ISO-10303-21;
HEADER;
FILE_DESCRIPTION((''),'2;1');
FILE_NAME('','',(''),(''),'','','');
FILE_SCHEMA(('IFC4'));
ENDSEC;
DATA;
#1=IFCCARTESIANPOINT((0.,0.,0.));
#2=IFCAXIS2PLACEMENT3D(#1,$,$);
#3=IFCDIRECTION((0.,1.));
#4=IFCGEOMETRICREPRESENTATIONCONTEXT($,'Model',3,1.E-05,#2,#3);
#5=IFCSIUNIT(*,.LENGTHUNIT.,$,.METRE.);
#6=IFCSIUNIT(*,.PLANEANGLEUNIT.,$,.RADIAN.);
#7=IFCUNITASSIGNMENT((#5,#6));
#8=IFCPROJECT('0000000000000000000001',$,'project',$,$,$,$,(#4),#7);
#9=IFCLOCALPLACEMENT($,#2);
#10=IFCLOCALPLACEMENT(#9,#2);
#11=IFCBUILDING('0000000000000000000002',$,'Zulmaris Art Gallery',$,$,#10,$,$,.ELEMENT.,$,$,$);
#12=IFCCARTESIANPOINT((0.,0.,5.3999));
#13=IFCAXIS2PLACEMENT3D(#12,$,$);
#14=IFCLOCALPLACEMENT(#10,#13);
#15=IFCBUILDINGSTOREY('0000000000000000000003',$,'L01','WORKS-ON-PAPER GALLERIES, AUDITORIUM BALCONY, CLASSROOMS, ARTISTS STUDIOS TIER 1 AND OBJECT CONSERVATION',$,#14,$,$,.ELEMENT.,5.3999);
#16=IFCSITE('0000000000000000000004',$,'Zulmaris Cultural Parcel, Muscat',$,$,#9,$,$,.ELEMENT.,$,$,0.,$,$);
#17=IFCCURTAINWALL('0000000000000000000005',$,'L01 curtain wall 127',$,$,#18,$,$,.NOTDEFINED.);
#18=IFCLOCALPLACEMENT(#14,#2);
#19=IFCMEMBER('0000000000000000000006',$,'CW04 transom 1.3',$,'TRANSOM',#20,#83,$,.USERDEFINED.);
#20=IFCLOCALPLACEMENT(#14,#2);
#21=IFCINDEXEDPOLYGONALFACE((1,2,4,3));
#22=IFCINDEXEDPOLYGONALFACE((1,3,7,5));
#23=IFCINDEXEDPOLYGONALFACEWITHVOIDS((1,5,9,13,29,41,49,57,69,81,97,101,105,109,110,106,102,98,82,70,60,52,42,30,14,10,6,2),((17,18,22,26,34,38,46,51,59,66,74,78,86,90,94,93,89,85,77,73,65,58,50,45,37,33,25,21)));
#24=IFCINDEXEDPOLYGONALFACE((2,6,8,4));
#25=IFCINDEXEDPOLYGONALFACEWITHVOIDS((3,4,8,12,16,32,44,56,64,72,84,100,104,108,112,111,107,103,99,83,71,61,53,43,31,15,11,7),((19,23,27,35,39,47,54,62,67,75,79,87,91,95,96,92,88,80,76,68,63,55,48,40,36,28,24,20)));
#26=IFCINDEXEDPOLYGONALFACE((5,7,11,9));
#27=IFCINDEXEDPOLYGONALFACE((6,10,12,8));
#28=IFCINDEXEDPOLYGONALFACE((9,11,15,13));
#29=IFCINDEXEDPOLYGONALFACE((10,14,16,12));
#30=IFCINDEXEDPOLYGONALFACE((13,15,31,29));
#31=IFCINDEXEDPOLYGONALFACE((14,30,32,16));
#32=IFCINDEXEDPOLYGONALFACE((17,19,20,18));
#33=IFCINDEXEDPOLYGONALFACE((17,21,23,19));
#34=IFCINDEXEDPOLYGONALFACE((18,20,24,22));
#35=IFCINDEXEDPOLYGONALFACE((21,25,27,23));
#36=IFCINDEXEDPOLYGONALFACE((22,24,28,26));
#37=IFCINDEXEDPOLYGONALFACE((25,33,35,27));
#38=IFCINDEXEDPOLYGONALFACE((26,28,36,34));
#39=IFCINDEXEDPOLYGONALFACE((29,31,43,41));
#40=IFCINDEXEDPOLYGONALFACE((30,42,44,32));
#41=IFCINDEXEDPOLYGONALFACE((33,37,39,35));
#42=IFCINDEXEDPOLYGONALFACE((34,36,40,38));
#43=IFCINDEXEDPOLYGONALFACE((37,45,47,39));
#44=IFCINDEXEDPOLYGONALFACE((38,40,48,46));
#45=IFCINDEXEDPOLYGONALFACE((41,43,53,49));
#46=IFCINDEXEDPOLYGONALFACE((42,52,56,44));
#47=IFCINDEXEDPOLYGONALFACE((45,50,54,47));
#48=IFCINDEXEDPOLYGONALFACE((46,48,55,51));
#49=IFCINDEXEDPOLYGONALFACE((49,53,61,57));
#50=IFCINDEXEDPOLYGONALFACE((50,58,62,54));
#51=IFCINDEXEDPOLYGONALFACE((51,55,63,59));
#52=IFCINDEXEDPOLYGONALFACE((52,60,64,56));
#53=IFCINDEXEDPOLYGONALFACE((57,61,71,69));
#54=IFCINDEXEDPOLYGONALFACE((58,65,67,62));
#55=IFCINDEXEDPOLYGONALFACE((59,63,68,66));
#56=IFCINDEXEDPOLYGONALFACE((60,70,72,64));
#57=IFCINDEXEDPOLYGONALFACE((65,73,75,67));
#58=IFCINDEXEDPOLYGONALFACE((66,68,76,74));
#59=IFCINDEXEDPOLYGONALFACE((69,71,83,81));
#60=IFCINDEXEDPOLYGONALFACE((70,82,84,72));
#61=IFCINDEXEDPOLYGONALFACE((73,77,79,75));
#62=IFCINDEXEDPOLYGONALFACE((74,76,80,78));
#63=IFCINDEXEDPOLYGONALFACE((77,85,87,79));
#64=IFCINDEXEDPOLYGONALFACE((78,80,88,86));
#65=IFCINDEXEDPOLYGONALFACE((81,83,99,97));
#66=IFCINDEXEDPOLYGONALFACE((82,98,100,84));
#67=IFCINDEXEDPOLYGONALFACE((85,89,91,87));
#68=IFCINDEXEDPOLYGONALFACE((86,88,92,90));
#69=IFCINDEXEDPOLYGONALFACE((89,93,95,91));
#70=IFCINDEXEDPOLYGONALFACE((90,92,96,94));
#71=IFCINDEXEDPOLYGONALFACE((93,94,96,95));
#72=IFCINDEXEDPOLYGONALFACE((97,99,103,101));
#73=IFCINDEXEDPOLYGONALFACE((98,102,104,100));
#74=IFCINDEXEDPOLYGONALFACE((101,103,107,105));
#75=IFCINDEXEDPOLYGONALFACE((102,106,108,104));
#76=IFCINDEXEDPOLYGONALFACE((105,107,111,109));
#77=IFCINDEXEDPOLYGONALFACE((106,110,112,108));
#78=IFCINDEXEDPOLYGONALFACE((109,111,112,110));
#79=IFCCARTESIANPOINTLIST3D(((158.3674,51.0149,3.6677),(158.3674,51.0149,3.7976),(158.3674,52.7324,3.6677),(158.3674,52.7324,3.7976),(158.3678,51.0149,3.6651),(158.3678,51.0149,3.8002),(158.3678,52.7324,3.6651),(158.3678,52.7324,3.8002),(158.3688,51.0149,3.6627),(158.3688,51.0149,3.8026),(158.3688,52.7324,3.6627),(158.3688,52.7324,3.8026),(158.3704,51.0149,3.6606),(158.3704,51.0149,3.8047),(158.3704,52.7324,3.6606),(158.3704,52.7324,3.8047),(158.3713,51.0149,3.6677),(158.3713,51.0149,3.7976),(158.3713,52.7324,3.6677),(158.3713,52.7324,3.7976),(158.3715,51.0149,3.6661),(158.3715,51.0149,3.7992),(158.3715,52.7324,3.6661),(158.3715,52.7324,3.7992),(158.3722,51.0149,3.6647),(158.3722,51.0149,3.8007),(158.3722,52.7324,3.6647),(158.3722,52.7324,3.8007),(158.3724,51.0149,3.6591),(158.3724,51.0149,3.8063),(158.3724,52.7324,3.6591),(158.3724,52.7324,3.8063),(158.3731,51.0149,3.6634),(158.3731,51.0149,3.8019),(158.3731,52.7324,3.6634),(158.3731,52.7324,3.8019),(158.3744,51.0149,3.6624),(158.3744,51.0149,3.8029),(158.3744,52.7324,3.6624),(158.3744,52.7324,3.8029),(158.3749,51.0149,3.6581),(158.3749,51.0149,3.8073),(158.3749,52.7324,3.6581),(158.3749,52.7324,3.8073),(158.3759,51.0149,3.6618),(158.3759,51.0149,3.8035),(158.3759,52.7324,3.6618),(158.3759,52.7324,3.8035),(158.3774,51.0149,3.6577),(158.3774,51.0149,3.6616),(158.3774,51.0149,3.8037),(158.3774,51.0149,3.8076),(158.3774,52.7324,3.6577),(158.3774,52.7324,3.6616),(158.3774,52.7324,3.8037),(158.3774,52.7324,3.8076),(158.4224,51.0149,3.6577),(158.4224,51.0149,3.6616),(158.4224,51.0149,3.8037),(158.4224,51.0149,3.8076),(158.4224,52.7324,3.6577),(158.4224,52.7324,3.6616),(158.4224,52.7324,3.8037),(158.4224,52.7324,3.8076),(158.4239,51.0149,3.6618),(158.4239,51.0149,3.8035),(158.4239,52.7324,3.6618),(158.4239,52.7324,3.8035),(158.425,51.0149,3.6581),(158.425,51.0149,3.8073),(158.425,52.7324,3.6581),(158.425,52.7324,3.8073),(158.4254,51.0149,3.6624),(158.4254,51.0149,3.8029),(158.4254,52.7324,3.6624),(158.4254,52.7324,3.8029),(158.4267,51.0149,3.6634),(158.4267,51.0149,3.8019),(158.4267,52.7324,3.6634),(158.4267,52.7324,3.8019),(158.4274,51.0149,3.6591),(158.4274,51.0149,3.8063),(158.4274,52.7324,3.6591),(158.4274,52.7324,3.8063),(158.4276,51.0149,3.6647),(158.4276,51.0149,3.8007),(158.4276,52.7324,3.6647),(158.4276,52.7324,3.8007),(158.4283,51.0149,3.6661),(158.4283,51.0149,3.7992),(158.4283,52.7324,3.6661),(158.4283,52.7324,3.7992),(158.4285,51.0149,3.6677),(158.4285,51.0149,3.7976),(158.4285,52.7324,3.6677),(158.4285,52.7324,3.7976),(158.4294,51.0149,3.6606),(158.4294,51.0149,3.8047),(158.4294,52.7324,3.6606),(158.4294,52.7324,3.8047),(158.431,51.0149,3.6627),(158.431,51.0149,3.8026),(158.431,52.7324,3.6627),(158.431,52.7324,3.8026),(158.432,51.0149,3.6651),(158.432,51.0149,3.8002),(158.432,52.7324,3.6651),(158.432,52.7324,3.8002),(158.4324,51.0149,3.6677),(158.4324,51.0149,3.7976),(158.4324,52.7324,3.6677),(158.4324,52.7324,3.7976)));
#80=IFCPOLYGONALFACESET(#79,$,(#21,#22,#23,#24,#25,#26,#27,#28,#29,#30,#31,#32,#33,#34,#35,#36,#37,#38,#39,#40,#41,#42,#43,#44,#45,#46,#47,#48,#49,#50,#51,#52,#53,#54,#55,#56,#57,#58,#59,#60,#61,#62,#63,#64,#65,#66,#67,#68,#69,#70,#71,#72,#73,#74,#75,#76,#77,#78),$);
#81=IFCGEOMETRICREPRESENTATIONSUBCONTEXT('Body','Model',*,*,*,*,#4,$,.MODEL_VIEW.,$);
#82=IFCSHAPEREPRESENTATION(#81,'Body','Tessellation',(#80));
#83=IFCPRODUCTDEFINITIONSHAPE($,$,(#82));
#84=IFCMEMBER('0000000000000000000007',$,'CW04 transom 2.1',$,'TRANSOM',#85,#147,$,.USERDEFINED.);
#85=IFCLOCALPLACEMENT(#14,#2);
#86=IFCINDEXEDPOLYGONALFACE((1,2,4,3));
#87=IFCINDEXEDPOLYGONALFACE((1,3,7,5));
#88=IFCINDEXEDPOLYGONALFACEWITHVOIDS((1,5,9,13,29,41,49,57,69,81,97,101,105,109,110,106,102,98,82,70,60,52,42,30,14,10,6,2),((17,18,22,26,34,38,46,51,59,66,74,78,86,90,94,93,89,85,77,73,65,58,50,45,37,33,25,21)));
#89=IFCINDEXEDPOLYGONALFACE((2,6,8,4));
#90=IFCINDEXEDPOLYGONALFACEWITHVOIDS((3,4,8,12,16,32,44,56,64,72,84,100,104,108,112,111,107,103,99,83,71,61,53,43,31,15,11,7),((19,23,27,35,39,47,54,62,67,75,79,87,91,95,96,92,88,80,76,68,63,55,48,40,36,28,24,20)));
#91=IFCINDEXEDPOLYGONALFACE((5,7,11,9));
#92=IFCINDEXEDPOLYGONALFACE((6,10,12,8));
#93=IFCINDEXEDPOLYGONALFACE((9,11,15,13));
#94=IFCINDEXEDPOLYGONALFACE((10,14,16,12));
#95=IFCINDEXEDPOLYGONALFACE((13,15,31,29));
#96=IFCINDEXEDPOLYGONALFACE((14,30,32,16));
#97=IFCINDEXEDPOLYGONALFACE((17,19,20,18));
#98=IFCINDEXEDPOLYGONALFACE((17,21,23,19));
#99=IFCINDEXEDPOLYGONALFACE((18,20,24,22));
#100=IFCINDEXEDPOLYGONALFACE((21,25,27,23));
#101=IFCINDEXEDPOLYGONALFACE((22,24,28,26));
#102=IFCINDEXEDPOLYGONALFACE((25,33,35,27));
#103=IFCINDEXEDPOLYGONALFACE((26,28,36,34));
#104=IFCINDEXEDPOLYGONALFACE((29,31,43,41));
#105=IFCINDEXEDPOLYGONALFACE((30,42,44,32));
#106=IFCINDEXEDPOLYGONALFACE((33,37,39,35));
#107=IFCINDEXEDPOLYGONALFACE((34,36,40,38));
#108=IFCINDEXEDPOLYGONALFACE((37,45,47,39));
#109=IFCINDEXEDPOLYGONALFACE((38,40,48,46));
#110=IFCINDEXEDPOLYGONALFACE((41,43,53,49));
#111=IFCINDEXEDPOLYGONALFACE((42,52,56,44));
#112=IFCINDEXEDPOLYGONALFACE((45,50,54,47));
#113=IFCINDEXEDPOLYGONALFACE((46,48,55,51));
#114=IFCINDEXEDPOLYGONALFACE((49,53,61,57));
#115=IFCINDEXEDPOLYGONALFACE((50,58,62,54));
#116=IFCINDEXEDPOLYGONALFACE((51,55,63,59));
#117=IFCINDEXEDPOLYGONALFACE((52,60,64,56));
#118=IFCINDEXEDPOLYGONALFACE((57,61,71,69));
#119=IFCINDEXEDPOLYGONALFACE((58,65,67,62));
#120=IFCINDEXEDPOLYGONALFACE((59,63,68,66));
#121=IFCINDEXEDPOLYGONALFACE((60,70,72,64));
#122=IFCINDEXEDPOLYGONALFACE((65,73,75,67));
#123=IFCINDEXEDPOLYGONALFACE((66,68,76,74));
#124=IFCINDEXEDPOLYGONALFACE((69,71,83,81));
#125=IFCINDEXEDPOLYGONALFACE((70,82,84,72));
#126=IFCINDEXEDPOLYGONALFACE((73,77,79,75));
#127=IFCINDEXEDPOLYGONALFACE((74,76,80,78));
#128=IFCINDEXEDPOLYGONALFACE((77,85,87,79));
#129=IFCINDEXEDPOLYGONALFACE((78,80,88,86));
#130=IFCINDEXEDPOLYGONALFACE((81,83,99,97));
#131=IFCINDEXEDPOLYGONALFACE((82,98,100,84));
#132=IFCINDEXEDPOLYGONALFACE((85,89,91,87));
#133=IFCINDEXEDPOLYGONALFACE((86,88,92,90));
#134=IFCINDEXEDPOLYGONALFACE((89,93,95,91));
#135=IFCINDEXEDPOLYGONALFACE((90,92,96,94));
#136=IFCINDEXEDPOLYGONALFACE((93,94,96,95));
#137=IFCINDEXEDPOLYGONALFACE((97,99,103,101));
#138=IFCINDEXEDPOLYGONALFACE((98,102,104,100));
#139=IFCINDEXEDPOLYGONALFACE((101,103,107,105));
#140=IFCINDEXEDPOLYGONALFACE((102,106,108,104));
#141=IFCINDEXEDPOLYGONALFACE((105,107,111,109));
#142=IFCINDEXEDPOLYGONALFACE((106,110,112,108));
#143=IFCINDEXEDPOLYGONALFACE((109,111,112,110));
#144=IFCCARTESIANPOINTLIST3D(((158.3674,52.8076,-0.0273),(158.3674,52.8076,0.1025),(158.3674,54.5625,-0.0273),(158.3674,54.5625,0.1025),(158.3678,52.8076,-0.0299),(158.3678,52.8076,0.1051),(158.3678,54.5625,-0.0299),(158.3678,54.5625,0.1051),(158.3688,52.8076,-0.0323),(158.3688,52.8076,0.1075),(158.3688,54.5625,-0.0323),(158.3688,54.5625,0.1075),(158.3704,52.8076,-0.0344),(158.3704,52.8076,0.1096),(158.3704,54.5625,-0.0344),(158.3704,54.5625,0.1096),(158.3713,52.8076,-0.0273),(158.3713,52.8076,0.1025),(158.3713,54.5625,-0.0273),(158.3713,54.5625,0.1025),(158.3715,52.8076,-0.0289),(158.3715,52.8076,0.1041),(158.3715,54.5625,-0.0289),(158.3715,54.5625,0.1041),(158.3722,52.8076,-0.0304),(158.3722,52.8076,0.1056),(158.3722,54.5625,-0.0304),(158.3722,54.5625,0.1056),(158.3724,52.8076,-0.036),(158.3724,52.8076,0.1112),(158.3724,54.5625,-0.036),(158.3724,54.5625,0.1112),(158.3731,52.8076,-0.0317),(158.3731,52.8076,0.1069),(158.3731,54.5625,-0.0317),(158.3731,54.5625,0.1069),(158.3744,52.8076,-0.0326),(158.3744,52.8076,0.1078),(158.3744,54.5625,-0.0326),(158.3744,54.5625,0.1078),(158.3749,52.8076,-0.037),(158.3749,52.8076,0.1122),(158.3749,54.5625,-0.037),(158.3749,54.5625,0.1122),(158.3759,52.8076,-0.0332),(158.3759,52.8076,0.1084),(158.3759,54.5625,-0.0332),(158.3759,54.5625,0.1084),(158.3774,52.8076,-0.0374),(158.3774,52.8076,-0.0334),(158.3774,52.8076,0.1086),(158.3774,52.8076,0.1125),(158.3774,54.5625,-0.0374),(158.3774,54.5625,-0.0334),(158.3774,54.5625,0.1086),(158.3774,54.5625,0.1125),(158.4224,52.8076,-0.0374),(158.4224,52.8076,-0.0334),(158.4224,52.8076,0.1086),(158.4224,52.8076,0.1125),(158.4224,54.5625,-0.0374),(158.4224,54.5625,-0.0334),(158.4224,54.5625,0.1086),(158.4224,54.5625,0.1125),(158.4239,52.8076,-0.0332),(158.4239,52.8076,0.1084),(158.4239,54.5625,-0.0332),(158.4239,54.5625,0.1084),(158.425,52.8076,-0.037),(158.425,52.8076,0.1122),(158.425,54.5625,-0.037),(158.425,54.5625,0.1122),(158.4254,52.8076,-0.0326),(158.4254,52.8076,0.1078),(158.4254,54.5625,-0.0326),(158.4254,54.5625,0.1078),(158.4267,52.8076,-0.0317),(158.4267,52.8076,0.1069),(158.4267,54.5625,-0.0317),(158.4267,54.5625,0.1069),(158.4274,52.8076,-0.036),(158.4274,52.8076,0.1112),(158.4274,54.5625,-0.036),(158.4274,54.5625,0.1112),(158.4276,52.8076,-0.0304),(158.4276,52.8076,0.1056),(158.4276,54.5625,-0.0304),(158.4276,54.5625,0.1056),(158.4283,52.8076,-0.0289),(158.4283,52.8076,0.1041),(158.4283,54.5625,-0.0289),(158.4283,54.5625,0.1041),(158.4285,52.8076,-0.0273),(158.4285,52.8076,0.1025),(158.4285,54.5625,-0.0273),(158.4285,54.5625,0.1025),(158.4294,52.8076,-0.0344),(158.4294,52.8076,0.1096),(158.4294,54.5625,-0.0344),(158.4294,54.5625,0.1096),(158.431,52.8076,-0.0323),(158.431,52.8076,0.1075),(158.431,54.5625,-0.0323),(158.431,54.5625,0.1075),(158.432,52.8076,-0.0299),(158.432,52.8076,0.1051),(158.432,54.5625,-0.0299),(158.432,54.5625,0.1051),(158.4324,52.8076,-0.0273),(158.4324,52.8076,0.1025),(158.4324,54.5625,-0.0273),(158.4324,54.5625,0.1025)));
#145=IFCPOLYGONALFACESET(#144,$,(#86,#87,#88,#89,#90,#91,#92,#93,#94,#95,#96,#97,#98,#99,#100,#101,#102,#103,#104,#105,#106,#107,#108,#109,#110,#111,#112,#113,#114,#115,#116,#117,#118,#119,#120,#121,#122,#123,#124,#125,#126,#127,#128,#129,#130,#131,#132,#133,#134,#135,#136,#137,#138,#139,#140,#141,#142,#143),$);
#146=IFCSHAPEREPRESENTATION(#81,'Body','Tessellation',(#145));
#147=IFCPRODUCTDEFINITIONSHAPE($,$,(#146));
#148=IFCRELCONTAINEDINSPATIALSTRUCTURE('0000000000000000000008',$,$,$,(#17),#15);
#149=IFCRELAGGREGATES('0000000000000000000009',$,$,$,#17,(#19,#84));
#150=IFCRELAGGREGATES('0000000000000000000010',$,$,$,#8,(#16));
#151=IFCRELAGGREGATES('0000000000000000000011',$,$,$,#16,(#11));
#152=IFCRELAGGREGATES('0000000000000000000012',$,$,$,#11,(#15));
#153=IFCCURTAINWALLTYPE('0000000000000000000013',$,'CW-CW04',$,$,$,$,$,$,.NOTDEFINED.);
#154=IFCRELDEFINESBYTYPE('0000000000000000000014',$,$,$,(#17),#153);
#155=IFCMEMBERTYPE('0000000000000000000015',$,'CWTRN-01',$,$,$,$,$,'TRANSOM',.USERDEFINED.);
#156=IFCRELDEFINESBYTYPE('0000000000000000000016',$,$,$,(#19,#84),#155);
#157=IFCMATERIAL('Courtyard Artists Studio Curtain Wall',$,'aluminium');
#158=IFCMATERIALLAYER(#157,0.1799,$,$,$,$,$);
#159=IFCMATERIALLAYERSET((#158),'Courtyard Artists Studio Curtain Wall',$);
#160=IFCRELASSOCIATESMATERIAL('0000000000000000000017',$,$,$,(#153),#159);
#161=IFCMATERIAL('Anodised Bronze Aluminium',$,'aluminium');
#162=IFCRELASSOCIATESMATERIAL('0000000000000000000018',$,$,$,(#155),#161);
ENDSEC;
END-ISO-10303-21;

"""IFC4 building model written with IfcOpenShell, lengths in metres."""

from ifc_helpers import new_model, si_unit, direction, frame, origin, origin_2d, place, context, subcontext, project, spatial, hollow_rectangle, extrude, material, layer, layer_set, material_profile, profile_set, type_object, element, aggregate, save


model = new_model("IFC4")

# Units and contexts
model_context = context("Model", 3, precision=1e-05, world=origin(), true_north=direction((0.0, 1.0)))
body_context = subcontext(model_context, "Body", "Model", "MODEL_VIEW")
ifc_project = project(units=[si_unit("LENGTHUNIT", "METRE"), si_unit("PLANEANGLEUNIT", "RADIAN")], contexts=[model_context])

# Site, building, storey
site_placement = place(None, origin())
site = spatial("IfcSite", under=ifc_project, at=site_placement, Name="Zulmaris Cultural Parcel, Muscat", CompositionType="ELEMENT", RefElevation=0.0)
building_placement = place(site_placement, origin())
building = spatial("IfcBuilding", under=site, at=building_placement, Name="Zulmaris Art Gallery", CompositionType="ELEMENT")
storey_placement = place(building_placement, frame((0.0, 0.0, 5.3999)))
storey = spatial("IfcBuildingStorey", under=building, at=storey_placement, Name="L01", Description="WORKS-ON-PAPER GALLERIES, AUDITORIUM BALCONY, CLASSROOMS, ARTISTS STUDIOS TIER 1 AND OBJECT CONSERVATION", CompositionType="ELEMENT", Elevation=5.3999)

# Curtain wall, members
ifc_material_1 = material(Name="Courtyard Artists Studio Curtain Wall", Category="aluminium")
ifc_layer_1 = layer(ifc_material_1, 0.1799)
ifc_layer_set_1 = layer_set([ifc_layer_1], Name="Courtyard Artists Studio Curtain Wall")
curtain_wall_type = type_object("IfcCurtainWallType", Name="CW-CW04", PredefinedType="NOTDEFINED", material=ifc_layer_set_1)
ifc_material_2 = material(Name="Anodised Bronze Aluminium", Category="aluminium")
curtain_wall_1_placement = place(storey_placement, origin())
curtain_wall_1 = element("IfcCurtainWall", 1, at=curtain_wall_1_placement, inside=storey, type_object=curtain_wall_type, Name="L01 curtain wall 127", PredefinedType="NOTDEFINED")
ifc_material_profile_1 = material_profile(ifc_material_2, hollow_rectangle(XDim=0.0649, YDim=0.1499, WallThickness=0.0039, InnerFilletRadius=0.0061, OuterFilletRadius=0.01, at=origin_2d()), Name="ALU 65x150x4")
ifc_profile_set_1 = profile_set([ifc_material_profile_1], Name="Anodised Bronze Aluminium")
member_type_1 = type_object("IfcMemberType", Name="CWTRN-01", ElementType="TRANSOM", PredefinedType="USERDEFINED", material=ifc_profile_set_1)
member_1_placement = place(storey_placement, frame((158.3999, 51.0149, 3.7327), z_axis=(0.0, 1.0, 0.0), x_axis=(-1.0, 0.0, 0.0)))
member_1 = element("IfcMember", 2, at=member_1_placement, type_object=member_type_1, Name="CW04 transom 1.3", ObjectType="TRANSOM", PredefinedType="USERDEFINED", context=body_context, shape_type="SweptSolid", body=[
    extrude(hollow_rectangle(XDim=0.0649, YDim=0.1499, WallThickness=0.0039, InnerFilletRadius=0.0061, OuterFilletRadius=0.01, at=origin_2d()), origin(), (0.0, 0.0, 1.0), 1.7175),
])
member_2_placement = place(storey_placement, frame((158.3999, 52.8076, 0.0376), z_axis=(0.0, 1.0, 0.0), x_axis=(-1.0, 0.0, 0.0)))
member_2 = element("IfcMember", 3, at=member_2_placement, type_object=member_type_1, Name="CW04 transom 2.1", ObjectType="TRANSOM", PredefinedType="USERDEFINED", context=body_context, shape_type="SweptSolid", body=[
    extrude(hollow_rectangle(XDim=0.0649, YDim=0.1499, WallThickness=0.0039, InnerFilletRadius=0.0061, OuterFilletRadius=0.01, at=origin_2d()), origin(), (0.0, 0.0, 1.0), 1.7549),
])

aggregate(curtain_wall_1, [member_1, member_2])

save(model, "model.ifc")
